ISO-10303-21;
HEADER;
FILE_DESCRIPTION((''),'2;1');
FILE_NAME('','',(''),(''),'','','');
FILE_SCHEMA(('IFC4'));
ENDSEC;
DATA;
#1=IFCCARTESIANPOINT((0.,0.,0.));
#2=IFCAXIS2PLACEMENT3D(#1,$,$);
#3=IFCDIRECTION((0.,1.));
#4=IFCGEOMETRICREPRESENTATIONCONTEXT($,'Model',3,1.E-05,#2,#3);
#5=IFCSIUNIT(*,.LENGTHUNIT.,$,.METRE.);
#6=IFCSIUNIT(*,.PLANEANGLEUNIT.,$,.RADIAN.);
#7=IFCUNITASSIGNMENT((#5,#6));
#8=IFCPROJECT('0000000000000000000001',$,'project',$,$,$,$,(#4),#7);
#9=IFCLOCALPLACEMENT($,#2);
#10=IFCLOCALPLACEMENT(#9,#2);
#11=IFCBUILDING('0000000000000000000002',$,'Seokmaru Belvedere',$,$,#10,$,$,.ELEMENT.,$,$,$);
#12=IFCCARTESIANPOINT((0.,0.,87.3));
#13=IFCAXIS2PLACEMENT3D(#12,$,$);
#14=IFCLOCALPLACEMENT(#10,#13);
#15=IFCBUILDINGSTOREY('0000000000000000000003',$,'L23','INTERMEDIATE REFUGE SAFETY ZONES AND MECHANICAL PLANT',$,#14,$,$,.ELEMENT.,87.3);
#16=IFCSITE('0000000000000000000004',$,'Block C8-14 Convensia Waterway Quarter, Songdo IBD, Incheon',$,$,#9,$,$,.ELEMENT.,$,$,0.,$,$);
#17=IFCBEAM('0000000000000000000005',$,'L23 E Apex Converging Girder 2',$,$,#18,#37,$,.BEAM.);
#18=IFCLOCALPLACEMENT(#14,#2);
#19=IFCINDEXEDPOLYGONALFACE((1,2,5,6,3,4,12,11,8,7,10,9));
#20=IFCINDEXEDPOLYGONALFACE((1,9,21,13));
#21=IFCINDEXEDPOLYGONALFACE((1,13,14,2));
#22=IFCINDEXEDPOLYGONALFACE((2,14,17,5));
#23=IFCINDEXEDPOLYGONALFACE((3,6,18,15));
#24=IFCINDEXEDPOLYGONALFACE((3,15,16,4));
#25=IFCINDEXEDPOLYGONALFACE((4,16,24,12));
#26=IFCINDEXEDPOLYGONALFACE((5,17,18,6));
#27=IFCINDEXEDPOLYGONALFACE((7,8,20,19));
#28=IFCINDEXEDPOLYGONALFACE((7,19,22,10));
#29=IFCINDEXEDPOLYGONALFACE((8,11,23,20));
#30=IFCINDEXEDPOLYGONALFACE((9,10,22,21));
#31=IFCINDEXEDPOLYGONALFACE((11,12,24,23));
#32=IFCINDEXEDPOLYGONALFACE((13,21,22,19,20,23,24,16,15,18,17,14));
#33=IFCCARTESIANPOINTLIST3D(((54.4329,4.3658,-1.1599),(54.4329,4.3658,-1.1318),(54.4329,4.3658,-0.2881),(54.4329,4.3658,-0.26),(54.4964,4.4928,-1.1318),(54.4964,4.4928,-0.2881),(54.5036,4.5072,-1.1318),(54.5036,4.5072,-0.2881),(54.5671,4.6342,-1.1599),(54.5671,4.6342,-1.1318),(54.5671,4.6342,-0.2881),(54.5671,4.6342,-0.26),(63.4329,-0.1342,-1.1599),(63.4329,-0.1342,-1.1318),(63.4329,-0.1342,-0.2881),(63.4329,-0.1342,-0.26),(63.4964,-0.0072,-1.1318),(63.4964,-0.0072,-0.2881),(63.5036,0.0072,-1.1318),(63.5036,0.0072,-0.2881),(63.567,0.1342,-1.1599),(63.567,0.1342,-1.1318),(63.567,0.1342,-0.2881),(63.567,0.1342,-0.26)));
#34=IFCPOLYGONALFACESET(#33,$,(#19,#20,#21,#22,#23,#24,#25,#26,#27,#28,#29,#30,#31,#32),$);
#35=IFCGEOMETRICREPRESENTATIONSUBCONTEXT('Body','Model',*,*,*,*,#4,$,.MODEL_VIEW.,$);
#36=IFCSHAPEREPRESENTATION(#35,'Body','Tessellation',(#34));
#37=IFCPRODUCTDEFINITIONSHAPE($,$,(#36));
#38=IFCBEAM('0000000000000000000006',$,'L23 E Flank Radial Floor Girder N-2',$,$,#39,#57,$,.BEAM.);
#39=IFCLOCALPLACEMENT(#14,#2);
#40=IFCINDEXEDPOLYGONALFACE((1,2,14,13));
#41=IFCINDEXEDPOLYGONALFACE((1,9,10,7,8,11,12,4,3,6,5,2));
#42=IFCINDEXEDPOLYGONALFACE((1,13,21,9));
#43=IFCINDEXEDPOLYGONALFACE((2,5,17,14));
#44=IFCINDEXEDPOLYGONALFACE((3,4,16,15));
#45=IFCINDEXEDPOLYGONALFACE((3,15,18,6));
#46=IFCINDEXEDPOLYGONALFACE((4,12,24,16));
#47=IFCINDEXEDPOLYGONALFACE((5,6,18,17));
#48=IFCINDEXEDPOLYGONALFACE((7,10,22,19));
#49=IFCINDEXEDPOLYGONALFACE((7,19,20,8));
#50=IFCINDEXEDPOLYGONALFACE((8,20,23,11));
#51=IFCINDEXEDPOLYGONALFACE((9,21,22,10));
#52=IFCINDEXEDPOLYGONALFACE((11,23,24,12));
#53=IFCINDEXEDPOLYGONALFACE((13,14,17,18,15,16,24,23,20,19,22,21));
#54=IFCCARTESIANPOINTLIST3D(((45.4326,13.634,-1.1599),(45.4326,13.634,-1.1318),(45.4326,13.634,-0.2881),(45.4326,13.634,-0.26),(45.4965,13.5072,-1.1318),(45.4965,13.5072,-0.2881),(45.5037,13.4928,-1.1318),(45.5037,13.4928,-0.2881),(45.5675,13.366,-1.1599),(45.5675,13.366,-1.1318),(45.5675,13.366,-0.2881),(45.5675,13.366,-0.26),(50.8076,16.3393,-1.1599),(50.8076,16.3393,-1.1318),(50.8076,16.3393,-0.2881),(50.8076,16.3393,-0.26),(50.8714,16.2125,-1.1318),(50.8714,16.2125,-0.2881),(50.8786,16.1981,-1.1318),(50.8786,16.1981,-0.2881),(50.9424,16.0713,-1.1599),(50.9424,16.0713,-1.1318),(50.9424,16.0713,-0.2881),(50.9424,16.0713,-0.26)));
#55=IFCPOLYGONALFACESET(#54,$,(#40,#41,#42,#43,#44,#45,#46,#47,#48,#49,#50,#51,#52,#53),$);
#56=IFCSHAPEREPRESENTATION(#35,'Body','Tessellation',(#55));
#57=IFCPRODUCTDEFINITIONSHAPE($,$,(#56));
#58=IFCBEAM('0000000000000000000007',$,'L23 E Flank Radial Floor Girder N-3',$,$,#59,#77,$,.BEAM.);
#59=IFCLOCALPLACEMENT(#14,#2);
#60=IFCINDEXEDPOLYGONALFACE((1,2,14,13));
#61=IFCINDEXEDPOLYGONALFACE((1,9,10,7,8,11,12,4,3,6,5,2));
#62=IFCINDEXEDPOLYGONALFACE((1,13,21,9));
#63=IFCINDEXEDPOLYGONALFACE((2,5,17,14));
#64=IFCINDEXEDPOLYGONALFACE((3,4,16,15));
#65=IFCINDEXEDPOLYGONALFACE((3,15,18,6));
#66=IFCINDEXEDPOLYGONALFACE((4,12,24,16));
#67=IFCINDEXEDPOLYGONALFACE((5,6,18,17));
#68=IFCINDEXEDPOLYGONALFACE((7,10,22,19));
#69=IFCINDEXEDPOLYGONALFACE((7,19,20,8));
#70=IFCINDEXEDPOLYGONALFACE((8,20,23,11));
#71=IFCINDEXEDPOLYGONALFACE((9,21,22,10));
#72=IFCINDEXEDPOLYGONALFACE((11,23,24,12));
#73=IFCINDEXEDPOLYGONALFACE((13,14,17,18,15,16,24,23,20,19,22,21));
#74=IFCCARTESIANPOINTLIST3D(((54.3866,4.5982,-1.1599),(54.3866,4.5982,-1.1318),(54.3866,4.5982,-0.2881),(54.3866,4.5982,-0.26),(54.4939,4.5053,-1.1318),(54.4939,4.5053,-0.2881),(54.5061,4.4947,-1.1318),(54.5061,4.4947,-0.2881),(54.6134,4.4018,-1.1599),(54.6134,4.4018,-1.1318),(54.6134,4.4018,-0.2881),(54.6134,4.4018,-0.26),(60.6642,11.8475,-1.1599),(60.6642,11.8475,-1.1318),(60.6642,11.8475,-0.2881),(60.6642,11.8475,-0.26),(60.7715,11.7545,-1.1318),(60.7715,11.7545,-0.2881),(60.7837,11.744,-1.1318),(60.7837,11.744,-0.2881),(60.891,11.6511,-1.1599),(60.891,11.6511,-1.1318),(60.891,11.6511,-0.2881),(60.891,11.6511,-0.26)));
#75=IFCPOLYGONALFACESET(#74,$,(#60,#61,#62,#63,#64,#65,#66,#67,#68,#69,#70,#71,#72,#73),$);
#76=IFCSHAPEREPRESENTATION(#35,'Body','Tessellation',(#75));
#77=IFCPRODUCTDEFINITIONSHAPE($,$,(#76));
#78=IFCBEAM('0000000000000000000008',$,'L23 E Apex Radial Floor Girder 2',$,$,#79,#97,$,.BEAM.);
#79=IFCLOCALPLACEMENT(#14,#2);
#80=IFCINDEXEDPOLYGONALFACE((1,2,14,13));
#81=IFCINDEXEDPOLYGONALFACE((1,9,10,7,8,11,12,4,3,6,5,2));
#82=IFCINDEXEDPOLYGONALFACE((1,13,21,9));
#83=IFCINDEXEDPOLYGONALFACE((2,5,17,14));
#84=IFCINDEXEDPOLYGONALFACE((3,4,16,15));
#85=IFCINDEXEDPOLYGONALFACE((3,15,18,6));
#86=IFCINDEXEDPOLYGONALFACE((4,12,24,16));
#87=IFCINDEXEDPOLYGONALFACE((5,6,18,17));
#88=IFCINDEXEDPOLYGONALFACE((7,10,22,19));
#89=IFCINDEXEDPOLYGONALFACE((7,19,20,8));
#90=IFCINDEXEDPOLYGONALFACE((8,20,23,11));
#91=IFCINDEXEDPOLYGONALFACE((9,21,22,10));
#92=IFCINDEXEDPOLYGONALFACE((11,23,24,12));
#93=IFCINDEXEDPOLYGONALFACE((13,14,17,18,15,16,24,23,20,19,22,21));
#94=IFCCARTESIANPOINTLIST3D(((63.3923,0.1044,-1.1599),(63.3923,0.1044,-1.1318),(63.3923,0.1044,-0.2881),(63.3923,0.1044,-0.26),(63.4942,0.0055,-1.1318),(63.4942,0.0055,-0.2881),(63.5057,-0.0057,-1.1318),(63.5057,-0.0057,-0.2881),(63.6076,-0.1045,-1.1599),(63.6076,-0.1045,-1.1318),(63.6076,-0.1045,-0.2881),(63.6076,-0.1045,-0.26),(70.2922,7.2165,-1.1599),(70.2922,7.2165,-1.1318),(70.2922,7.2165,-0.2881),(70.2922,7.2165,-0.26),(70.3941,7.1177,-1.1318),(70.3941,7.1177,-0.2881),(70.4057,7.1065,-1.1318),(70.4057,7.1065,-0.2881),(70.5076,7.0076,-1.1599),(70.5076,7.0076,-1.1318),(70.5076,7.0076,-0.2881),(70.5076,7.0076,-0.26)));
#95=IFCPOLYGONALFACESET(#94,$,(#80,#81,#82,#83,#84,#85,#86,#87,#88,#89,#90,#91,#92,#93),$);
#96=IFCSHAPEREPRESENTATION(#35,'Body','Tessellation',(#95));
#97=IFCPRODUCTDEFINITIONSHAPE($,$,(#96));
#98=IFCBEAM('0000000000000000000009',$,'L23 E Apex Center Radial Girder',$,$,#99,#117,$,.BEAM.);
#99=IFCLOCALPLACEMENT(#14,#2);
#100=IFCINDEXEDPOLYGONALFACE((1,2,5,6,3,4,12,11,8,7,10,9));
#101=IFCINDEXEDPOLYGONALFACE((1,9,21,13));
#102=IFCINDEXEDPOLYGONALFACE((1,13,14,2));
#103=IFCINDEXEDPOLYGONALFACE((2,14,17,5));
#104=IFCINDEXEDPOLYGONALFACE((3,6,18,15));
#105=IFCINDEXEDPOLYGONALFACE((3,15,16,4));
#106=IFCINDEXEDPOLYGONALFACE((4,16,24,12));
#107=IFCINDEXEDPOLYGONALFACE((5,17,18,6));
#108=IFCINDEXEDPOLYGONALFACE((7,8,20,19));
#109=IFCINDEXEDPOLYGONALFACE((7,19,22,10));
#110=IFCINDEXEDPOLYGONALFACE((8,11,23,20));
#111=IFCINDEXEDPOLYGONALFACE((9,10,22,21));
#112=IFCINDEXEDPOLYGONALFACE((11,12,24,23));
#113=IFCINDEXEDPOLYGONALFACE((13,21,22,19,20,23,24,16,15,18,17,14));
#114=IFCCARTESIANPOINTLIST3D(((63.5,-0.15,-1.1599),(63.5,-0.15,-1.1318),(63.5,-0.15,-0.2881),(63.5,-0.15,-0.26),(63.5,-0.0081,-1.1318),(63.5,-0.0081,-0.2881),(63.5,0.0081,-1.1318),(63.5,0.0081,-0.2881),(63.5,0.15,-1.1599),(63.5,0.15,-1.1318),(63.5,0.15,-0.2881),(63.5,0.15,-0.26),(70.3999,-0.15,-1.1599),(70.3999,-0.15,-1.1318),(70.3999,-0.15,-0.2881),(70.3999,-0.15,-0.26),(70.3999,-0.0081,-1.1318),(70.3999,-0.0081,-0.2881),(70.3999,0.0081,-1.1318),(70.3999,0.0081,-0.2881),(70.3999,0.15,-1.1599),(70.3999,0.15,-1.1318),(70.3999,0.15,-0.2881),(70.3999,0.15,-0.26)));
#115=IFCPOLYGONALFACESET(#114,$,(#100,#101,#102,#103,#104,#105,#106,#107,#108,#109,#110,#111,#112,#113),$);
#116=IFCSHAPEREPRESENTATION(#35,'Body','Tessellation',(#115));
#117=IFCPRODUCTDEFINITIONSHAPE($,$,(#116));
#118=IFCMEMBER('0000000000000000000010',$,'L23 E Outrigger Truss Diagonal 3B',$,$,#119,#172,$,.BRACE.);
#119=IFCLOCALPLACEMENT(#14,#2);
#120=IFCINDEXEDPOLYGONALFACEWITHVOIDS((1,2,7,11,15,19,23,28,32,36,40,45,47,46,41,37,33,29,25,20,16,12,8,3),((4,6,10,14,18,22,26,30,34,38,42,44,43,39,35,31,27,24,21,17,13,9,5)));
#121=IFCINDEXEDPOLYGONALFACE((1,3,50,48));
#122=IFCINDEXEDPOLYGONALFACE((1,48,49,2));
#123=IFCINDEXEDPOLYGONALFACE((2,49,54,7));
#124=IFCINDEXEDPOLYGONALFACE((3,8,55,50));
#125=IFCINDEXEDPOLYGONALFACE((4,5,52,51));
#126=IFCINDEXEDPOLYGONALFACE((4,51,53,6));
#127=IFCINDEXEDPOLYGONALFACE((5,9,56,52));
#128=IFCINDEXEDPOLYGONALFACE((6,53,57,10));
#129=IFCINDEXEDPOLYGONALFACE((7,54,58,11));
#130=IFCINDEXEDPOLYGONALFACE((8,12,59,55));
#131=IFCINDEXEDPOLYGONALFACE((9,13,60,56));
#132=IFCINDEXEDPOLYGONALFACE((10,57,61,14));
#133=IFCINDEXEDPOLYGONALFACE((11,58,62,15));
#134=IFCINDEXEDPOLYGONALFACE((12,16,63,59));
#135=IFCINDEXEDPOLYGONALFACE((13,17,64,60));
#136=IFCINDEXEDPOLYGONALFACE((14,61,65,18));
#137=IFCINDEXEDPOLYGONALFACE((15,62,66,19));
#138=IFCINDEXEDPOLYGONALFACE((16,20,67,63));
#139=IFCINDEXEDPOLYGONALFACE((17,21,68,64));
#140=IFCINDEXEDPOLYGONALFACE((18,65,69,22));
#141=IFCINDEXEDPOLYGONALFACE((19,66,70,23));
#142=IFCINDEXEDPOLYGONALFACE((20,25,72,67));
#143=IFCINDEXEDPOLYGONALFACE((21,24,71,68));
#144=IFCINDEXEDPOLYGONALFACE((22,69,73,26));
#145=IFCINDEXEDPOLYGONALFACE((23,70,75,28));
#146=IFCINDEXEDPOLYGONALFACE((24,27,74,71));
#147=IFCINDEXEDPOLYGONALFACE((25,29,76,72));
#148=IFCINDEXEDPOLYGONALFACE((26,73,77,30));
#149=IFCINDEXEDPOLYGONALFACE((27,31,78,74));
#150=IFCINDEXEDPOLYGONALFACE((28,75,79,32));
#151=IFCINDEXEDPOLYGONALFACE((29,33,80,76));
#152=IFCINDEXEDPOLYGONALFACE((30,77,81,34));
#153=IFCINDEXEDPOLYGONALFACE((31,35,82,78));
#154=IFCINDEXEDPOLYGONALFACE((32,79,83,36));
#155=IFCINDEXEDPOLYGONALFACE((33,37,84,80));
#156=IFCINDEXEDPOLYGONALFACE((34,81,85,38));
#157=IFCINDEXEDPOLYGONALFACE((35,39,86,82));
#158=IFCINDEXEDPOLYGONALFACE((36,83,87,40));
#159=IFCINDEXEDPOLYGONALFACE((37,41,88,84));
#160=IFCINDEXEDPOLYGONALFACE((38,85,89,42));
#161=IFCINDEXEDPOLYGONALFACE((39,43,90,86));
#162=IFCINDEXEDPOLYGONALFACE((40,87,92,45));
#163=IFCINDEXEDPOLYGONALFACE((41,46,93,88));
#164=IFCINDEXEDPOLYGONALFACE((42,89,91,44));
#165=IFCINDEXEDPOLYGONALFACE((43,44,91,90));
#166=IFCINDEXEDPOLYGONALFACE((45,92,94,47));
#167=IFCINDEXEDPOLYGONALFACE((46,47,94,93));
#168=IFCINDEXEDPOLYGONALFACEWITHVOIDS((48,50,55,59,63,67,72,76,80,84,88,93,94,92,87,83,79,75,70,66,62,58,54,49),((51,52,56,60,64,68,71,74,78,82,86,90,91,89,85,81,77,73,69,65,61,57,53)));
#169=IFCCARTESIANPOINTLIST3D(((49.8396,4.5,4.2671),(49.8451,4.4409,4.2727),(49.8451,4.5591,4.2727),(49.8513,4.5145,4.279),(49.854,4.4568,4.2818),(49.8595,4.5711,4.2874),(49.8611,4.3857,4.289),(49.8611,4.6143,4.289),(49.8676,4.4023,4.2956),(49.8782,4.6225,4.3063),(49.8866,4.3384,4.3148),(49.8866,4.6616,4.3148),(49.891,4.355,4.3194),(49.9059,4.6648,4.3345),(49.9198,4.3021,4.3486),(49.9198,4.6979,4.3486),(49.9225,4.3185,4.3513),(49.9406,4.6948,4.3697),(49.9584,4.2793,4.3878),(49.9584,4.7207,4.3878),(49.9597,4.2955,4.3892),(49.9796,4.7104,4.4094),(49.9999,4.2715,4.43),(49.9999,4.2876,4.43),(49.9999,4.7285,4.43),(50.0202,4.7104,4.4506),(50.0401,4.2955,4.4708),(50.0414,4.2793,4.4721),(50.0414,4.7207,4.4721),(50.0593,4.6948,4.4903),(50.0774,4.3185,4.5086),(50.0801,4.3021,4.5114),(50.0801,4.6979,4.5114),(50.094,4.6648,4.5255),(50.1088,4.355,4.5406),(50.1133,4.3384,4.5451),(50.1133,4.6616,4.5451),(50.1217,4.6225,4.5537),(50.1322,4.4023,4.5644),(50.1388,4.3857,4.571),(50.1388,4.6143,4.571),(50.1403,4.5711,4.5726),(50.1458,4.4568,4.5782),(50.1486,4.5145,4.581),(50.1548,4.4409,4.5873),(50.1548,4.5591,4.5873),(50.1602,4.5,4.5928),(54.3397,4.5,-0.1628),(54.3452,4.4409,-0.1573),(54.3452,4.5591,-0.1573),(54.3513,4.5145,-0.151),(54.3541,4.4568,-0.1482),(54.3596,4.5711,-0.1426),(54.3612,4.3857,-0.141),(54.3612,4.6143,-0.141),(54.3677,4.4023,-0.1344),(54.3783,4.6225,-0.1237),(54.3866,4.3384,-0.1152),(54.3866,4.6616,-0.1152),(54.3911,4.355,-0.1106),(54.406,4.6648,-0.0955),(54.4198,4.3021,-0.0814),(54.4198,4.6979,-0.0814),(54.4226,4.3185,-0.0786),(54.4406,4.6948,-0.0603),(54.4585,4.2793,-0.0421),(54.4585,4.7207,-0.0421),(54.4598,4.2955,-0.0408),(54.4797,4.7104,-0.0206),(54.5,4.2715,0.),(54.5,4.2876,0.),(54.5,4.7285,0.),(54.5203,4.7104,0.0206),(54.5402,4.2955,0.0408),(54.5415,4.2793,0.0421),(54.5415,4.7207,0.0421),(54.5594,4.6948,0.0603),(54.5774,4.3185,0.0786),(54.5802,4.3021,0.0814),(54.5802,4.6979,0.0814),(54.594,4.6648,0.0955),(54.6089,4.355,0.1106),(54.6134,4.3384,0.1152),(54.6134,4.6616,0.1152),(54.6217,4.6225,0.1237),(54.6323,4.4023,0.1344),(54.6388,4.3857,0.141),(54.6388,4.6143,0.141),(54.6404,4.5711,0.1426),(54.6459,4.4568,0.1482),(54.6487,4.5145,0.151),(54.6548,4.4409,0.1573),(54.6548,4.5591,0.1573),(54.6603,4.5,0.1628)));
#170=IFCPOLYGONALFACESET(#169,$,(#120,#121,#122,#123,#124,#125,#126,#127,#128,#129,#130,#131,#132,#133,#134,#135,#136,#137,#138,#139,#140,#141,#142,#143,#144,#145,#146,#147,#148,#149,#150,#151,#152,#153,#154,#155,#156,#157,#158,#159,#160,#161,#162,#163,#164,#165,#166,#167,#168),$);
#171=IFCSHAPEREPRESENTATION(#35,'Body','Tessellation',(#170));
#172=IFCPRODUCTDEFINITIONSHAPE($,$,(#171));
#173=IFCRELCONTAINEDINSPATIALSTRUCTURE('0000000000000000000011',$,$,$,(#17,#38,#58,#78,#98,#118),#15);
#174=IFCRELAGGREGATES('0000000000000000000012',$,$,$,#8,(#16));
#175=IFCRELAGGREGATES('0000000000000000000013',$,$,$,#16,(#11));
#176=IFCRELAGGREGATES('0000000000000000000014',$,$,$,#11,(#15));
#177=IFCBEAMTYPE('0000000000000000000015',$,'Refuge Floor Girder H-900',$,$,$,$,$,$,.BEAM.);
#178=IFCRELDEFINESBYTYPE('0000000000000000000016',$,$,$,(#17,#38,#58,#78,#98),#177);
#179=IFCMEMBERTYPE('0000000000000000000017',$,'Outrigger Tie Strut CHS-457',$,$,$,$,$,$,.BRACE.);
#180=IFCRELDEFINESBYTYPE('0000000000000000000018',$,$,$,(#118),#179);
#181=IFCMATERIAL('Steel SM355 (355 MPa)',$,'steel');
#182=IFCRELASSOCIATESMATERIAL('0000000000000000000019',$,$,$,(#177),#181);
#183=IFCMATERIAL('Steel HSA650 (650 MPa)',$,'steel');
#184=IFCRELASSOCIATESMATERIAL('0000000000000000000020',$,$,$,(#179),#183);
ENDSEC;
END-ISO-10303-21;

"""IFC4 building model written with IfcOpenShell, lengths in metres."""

from ifc_helpers import new_model, si_unit, direction, frame, origin, origin_2d, place, context, subcontext, project, spatial, hollow_circle, i_section, extrude, source, transform, mapped, material, material_profile, profile_set, type_object, type_shapes, element, save


model = new_model("IFC4")

# Units and contexts
model_context = context("Model", 3, precision=1e-05, world=origin(), true_north=direction((0.0, 1.0)))
body_context = subcontext(model_context, "Body", "Model", "MODEL_VIEW")
ifc_project = project(units=[si_unit("LENGTHUNIT", "METRE"), si_unit("PLANEANGLEUNIT", "RADIAN")], contexts=[model_context])

# Site, building, storey
site_placement = place(None, origin())
site = spatial("IfcSite", under=ifc_project, at=site_placement, Name="Block C8-14 Convensia Waterway Quarter, Songdo IBD, Incheon", CompositionType="ELEMENT", RefElevation=0.0)
building_placement = place(site_placement, origin())
building = spatial("IfcBuilding", under=site, at=building_placement, Name="Seokmaru Belvedere", CompositionType="ELEMENT")
storey_placement = place(building_placement, frame((0.0, 0.0, 87.3)))
storey = spatial("IfcBuildingStorey", under=building, at=storey_placement, Name="L23", Description="INTERMEDIATE REFUGE SAFETY ZONES AND MECHANICAL PLANT", CompositionType="ELEMENT", Elevation=87.3)

# Shared definitions
ifc_material_1 = material(Name="Steel SM355 (355 MPa)", Category="steel")

# Beams
ifc_material_profile_1 = material_profile(ifc_material_1, i_section(OverallWidth=0.3, OverallDepth=0.8999, WebThickness=0.0161, FlangeThickness=0.0281, at=origin_2d()), Name="H-900x300x16x28")
ifc_profile_set_1 = profile_set([ifc_material_profile_1], Name="Steel SM355 (355 MPa)")
beam_type_1 = type_object("IfcBeamType", Name="Refuge Floor Girder H-900", PredefinedType="BEAM", material=ifc_profile_set_1)
shared_shape_1 = source(origin(), body_context, "Body", "SweptSolid", [
    extrude(i_section(OverallWidth=0.3, OverallDepth=0.8999, WebThickness=0.0161, FlangeThickness=0.0281, at=origin_2d()), origin(), (0.0, 0.0, 1.0), 10.0623),
])
beam_1_placement = place(storey_placement, frame((54.5, 4.5, -0.71), z_axis=(0.894427, -0.447214, 0.0), x_axis=(0.447214, 0.894427, 0.0)))
element("IfcBeam", 1, at=beam_1_placement, inside=storey, type_object=beam_type_1, Name="L23 E Apex Converging Girder 2", PredefinedType="BEAM", context=body_context, shape_type="MappedRepresentation", body=[
    mapped(shared_shape_1, transform((0.0, 0.0, 0.0), scale=1.0)),
])
shared_shape_2 = source(origin(), body_context, "Body", "SweptSolid", [
    extrude(i_section(OverallWidth=0.3, OverallDepth=0.8999, WebThickness=0.0161, FlangeThickness=0.0281, at=origin_2d()), origin(), (0.0, 0.0, 1.0), 6.0173),
])
beam_2_placement = place(storey_placement, frame((50.875, 16.2053, -0.71), z_axis=(-0.893239, -0.449581, 0.0), x_axis=(0.449581, -0.893239, 0.0)))
element("IfcBeam", 2, at=beam_2_placement, inside=storey, type_object=beam_type_1, Name="L23 E Flank Radial Floor Girder N-2", PredefinedType="BEAM", context=body_context, shape_type="MappedRepresentation", body=[
    mapped(shared_shape_2, transform((0.0, 0.0, 0.0), scale=1.0)),
])
shared_shape_3 = source(origin(), body_context, "Body", "SweptSolid", [
    extrude(i_section(OverallWidth=0.3, OverallDepth=0.8999, WebThickness=0.0161, FlangeThickness=0.0281, at=origin_2d()), origin(), (0.0, 0.0, 1.0), 9.5896),
])
beam_3_placement = place(storey_placement, frame((60.7776, 11.7493, -0.71), z_axis=(-0.654626, -0.755953, 0.0), x_axis=(0.755953, -0.654626, 0.0)))
element("IfcBeam", 3, at=beam_3_placement, inside=storey, type_object=beam_type_1, Name="L23 E Flank Radial Floor Girder N-3", PredefinedType="BEAM", context=body_context, shape_type="MappedRepresentation", body=[
    mapped(shared_shape_3, transform((0.0, 0.0, 0.0), scale=1.0)),
])
shared_shape_4 = source(origin(), body_context, "Body", "SweptSolid", [
    extrude(i_section(OverallWidth=0.3, OverallDepth=0.8999, WebThickness=0.0161, FlangeThickness=0.0281, at=origin_2d()), origin(), (0.0, 0.0, 1.0), 9.9092),
])
beam_4_placement = place(storey_placement, frame((70.3999, 7.1121, -0.71), z_axis=(-0.696321, -0.717731, 0.0), x_axis=(0.717731, -0.696321, 0.0)))
element("IfcBeam", 4, at=beam_4_placement, inside=storey, type_object=beam_type_1, Name="L23 E Apex Radial Floor Girder 2", PredefinedType="BEAM", context=body_context, shape_type="MappedRepresentation", body=[
    mapped(shared_shape_4, transform((0.0, 0.0, 0.0), scale=1.0)),
])
shared_shape_5 = source(origin(), body_context, "Body", "SweptSolid", [
    extrude(i_section(OverallWidth=0.3, OverallDepth=0.8999, WebThickness=0.0161, FlangeThickness=0.0281, at=origin_2d()), origin(), (0.0, 0.0, 1.0), 6.8999),
])
type_shapes(beam_type_1, [shared_shape_1, shared_shape_2, shared_shape_3, shared_shape_4, shared_shape_5])
beam_5_placement = place(storey_placement, frame((70.3999, 0.0, -0.71), z_axis=(-1.0, 0.0, 0.0), x_axis=(0.0, -1.0, 0.0)))
element("IfcBeam", 5, at=beam_5_placement, inside=storey, type_object=beam_type_1, Name="L23 E Apex Center Radial Girder", PredefinedType="BEAM", context=body_context, shape_type="MappedRepresentation", body=[
    mapped(shared_shape_5, transform((0.0, 0.0, 0.0), scale=1.0)),
])

# Member
ifc_material_2 = material(Name="Steel HSA650 (650 MPa)", Category="steel")
ifc_material_profile_2 = material_profile(ifc_material_2, hollow_circle(Radius=0.2285, WallThickness=0.0161, at=origin_2d()), Name="CHS-457.2x16.0")
ifc_profile_set_2 = profile_set([ifc_material_profile_2], Name="Steel HSA650 (650 MPa)")
member_type_1 = type_object("IfcMemberType", Name="Outrigger Tie Strut CHS-457", PredefinedType="BRACE", material=ifc_profile_set_2)
shared_shape_6 = source(origin(), body_context, "Body", "SweptSolid", [
    extrude(hollow_circle(Radius=0.2285, WallThickness=0.0161, at=origin_2d()), origin(), (0.0, 0.0, 1.0), 6.3147),
])
type_shapes(member_type_1, [shared_shape_6])
member_1_placement = place(storey_placement, frame((54.5, 4.5, 0.0), z_axis=(-0.712633, 0.0, 0.701537), x_axis=(0.0, -1.0, 0.0)))
element("IfcMember", 6, at=member_1_placement, inside=storey, type_object=member_type_1, Name="L23 E Outrigger Truss Diagonal 3B", PredefinedType="BRACE", context=body_context, shape_type="MappedRepresentation", body=[
    mapped(shared_shape_6, transform((0.0, 0.0, 0.0), scale=1.0)),
])

save(model, "model.ifc")
